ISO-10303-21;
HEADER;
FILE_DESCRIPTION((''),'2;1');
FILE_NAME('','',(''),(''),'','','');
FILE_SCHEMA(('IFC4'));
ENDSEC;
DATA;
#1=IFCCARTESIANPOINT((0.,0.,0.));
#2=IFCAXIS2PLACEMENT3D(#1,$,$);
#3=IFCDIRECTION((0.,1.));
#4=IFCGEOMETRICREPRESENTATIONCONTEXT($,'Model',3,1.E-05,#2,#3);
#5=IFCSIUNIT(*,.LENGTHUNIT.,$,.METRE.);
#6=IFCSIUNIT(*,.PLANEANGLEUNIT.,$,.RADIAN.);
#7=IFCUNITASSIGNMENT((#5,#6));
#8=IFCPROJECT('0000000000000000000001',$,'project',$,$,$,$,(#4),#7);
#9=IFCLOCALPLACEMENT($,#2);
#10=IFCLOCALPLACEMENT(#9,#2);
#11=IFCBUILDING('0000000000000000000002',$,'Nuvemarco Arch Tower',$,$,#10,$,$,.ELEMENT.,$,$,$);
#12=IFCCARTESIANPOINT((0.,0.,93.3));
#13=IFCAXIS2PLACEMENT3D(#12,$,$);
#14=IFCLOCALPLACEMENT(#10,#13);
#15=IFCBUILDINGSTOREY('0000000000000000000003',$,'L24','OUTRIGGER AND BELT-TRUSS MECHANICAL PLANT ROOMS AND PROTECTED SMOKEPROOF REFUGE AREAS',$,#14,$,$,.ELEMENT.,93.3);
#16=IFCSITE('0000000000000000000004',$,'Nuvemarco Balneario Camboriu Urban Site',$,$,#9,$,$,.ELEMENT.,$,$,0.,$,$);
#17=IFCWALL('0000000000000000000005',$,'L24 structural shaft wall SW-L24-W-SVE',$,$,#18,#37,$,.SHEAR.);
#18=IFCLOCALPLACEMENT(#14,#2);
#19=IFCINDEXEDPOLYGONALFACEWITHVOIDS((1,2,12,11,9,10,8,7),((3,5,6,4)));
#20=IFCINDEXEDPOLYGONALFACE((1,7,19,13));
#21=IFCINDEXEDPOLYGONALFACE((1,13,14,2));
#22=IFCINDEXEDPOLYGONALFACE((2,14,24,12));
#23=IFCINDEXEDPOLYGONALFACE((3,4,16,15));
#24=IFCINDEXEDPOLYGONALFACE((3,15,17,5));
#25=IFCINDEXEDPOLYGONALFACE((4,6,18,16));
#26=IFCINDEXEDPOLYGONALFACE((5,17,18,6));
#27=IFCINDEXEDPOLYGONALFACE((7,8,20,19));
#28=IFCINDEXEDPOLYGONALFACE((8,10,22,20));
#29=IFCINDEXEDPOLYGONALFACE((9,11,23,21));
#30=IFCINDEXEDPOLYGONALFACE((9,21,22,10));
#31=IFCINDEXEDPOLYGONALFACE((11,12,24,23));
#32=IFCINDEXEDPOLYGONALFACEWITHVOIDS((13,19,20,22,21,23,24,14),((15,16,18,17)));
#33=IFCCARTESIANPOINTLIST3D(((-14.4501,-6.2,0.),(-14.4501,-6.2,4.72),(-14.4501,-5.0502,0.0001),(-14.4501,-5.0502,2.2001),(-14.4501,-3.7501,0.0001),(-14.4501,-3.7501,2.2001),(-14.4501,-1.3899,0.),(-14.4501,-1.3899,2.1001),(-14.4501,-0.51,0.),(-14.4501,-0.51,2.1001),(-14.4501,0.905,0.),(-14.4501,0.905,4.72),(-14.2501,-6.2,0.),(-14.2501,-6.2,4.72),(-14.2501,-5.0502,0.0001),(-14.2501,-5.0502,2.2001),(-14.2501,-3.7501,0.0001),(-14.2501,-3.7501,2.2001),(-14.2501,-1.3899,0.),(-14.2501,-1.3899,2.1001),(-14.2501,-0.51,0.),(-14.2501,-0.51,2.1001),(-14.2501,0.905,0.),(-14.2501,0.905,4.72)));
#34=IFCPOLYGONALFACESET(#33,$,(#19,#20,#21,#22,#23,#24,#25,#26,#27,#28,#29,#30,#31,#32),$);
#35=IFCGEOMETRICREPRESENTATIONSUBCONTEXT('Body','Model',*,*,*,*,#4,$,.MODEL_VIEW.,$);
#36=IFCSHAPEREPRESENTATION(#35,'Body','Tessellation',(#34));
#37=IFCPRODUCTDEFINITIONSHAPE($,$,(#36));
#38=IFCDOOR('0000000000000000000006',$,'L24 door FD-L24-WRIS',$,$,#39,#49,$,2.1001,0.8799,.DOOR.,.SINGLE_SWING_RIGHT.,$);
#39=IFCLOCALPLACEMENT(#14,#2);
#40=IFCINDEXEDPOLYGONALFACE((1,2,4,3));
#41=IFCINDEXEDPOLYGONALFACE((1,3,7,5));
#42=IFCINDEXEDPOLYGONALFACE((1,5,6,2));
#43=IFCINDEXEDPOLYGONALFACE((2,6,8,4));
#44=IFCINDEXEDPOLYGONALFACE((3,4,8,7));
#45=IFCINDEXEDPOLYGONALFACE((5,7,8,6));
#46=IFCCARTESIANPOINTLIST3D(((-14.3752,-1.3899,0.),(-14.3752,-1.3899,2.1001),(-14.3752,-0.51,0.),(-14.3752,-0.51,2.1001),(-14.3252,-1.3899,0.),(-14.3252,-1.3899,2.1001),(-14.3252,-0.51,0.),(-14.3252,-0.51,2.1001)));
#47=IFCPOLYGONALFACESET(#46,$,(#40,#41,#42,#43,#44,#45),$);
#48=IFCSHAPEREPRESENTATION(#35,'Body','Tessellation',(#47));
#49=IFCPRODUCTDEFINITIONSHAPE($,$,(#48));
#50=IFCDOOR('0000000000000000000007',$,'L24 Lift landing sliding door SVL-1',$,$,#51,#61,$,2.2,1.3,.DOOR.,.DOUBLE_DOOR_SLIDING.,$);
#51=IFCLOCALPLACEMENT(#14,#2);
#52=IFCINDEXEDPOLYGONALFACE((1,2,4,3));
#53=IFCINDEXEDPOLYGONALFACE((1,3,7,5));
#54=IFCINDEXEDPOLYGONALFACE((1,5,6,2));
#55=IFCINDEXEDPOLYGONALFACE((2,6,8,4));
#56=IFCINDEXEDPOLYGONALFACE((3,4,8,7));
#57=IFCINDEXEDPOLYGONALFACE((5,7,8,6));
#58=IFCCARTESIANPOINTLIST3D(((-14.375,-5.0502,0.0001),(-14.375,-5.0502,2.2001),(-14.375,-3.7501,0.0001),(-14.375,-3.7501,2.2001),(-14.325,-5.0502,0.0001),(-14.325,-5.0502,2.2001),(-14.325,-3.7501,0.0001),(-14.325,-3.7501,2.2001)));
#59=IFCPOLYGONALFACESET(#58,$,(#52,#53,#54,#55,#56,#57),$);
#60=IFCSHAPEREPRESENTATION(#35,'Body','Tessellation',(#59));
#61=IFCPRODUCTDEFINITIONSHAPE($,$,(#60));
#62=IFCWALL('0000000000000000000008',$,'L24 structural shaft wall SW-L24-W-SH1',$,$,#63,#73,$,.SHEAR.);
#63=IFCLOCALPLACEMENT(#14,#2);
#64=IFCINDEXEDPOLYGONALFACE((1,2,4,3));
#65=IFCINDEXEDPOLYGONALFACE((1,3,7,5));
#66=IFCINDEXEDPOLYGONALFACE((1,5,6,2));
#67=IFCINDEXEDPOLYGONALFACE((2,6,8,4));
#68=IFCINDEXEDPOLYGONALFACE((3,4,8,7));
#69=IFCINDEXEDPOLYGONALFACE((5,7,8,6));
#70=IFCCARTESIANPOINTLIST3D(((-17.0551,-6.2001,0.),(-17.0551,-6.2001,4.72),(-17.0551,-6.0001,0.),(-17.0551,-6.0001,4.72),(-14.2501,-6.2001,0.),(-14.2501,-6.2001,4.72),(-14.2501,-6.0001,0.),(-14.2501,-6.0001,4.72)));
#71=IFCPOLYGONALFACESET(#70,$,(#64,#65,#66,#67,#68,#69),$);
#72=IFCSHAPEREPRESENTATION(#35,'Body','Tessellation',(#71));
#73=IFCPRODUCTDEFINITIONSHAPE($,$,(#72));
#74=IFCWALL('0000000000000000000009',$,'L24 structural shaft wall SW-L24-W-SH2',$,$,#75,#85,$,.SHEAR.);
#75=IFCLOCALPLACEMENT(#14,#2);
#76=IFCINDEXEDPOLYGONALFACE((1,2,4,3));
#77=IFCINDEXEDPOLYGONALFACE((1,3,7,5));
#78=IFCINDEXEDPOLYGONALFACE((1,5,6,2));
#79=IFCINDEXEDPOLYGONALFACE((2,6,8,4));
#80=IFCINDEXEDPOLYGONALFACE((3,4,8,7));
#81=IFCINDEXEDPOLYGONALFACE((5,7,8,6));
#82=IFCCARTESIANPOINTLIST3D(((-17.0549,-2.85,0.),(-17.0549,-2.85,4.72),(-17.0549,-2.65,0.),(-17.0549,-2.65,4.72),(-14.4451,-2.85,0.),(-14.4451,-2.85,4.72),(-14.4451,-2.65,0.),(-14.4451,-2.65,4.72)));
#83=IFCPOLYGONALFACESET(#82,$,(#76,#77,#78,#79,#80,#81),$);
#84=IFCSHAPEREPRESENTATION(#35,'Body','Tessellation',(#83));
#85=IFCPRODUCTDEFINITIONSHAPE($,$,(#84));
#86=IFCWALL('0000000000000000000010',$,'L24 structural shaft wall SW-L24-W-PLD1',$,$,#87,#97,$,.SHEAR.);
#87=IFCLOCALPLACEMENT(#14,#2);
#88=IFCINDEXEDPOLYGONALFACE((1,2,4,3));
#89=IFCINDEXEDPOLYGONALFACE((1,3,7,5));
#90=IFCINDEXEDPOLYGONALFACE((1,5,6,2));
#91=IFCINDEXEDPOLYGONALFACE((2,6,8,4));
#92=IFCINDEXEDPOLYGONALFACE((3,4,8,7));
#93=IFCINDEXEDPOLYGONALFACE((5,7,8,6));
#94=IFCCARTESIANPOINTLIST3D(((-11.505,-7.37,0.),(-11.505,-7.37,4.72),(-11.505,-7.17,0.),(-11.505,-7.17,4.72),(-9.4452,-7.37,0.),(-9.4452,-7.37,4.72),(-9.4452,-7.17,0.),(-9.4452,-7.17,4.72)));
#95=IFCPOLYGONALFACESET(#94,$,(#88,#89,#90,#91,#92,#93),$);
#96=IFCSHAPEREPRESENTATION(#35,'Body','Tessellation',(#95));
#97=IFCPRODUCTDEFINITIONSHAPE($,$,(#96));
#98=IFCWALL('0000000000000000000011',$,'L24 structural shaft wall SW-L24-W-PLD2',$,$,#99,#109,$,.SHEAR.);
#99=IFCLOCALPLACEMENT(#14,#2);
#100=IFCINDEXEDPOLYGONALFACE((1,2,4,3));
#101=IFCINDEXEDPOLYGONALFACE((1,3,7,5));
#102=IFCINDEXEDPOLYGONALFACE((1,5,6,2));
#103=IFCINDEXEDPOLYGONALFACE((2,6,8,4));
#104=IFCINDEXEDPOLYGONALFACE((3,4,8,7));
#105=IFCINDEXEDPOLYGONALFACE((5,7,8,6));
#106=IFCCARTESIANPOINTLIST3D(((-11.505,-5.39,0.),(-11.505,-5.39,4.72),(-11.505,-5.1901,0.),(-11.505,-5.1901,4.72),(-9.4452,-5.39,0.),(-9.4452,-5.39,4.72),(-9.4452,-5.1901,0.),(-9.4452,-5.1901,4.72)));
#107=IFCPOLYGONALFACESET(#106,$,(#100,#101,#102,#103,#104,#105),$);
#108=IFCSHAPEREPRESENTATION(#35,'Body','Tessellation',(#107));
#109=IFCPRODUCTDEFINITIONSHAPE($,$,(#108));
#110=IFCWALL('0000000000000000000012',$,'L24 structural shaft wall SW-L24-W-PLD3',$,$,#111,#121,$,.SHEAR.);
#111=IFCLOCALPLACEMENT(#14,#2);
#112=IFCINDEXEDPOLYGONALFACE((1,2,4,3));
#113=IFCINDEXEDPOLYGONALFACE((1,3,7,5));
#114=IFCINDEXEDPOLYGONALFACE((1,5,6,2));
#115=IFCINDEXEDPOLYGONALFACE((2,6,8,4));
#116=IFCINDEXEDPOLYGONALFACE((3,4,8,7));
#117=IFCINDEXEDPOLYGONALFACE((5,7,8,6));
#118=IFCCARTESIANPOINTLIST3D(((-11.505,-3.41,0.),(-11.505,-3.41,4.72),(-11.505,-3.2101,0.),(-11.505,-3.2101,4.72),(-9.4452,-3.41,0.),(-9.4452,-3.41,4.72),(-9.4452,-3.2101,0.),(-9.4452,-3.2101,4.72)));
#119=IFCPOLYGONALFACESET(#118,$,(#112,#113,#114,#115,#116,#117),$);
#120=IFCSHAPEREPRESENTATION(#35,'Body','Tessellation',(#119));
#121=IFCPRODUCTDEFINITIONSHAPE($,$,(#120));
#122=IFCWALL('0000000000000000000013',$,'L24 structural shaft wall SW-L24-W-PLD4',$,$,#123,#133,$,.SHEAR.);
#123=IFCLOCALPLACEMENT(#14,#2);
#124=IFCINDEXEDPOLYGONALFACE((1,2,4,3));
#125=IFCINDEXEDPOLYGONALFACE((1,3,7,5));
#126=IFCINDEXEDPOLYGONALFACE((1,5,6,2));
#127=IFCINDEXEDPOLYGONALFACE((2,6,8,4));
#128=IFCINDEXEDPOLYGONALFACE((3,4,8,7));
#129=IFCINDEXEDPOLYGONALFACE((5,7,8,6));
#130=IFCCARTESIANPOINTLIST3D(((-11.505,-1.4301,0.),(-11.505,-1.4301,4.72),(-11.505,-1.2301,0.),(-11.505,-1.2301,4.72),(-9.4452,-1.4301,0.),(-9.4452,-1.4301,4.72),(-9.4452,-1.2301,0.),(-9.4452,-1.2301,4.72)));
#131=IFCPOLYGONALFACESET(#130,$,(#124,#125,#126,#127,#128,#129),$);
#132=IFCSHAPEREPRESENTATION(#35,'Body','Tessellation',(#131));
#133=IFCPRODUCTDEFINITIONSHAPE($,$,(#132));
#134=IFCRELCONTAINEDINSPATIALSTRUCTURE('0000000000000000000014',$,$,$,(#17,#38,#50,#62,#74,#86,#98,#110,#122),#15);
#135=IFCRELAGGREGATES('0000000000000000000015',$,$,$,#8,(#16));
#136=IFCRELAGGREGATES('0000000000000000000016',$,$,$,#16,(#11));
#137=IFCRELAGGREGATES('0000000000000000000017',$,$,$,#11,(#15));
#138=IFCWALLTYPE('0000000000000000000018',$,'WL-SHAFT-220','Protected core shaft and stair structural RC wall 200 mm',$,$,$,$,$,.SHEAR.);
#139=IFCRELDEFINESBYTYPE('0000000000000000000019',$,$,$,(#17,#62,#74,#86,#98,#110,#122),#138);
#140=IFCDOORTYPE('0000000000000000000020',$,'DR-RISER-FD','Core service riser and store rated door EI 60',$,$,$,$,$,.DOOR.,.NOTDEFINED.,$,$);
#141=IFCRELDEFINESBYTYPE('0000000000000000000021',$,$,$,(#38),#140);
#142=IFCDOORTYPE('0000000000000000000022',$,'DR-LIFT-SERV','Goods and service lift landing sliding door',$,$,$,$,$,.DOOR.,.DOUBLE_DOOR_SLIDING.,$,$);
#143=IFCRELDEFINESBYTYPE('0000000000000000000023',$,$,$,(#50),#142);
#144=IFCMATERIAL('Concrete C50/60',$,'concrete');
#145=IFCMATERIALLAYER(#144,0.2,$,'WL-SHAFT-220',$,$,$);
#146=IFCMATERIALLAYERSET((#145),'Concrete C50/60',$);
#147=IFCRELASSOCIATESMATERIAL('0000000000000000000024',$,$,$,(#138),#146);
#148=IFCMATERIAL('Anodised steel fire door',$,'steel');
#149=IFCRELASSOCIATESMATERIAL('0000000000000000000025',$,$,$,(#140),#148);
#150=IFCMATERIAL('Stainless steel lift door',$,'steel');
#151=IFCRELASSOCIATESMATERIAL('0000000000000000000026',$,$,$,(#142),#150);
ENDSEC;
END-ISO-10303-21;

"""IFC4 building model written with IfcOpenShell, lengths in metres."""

from ifc_helpers import new_model, si_unit, direction, frame, frame_2d, origin, place, context, subcontext, project, spatial, rectangle, extrude, source, transform, mapped, material, layer, layer_set, type_object, type_shapes, element, fill, save


model = new_model("IFC4")

# Units and contexts
model_context = context("Model", 3, precision=1e-05, world=origin(), true_north=direction((0.0, 1.0)))
body_context = subcontext(model_context, "Body", "Model", "MODEL_VIEW")
ifc_project = project(units=[si_unit("LENGTHUNIT", "METRE"), si_unit("PLANEANGLEUNIT", "RADIAN")], contexts=[model_context])

# Site, building, storey
site_placement = place(None, origin())
site = spatial("IfcSite", under=ifc_project, at=site_placement, Name="Nuvemarco Balneario Camboriu Urban Site", CompositionType="ELEMENT", RefElevation=0.0)
building_placement = place(site_placement, origin())
building = spatial("IfcBuilding", under=site, at=building_placement, Name="Nuvemarco Arch Tower", CompositionType="ELEMENT")
storey_placement = place(building_placement, frame((0.0, 0.0, 93.3)))
storey = spatial("IfcBuildingStorey", under=building, at=storey_placement, Name="L24", Description="OUTRIGGER AND BELT-TRUSS MECHANICAL PLANT ROOMS AND PROTECTED SMOKEPROOF REFUGE AREAS", CompositionType="ELEMENT", Elevation=93.3)

# Shared definitions
ifc_material_1 = material(Name="Anodised steel fire door", Category="steel")

# Shared definitions
ifc_material_2 = material(Name="Concrete C50/60", Category="concrete")
ifc_layer_1 = layer(ifc_material_2, 0.2, Name="WL-SHAFT-220")
ifc_layer_set_1 = layer_set([ifc_layer_1], Name="Concrete C50/60")
wall_type_1 = type_object("IfcWallType", Name="WL-SHAFT-220", Description="Protected core shaft and stair structural RC wall 200 mm", PredefinedType="SHEAR", material=ifc_layer_set_1)
ifc_material_3 = material(Name="Stainless steel lift door", Category="steel")

# Wall, openings, doors
wall_1_placement = place(storey_placement, frame((-14.3501, -6.2, 0.0), z_axis=(0.0, 0.0, 1.0), x_axis=(0.0, 1.0, 0.0)))
wall_1 = element("IfcWall", 1, at=wall_1_placement, inside=storey, type_object=wall_type_1, Name="L24 structural shaft wall SW-L24-W-SVE", PredefinedType="SHEAR", context=body_context, shape_type="SweptSolid", body=[
    extrude(rectangle(XDim=7.105, YDim=0.2, at=frame_2d((3.5525, 0.0))), origin(), (0.0, 0.0, 1.0), 4.72),
])
opening_1_placement = place(wall_1_placement, frame((5.6899, 0.0, 0.0), z_axis=(0.0, 0.0, 1.0), x_axis=(-1.0, 0.0, 0.0)))
opening_1 = element("IfcOpeningElement", 2, at=opening_1_placement, cuts=wall_1, PredefinedType="OPENING", context=body_context, shape_type="SweptSolid", body=[
    extrude(rectangle(XDim=0.8799, YDim=2.1001, at=frame_2d((0.4399, 1.05))), frame((0.0, 0.1099, 0.0), z_axis=(0.0, -1.0, 0.0), x_axis=(1.0, 0.0, 0.0)), (0.0, 0.0, 1.0), 0.22),
])
opening_2_placement = place(wall_1_placement, frame((1.1499, 0.0, 0.0)))
opening_2 = element("IfcOpeningElement", 3, at=opening_2_placement, cuts=wall_1, PredefinedType="OPENING", context=body_context, shape_type="SweptSolid", body=[
    extrude(rectangle(XDim=1.3, YDim=2.2, at=frame_2d((0.6499, 1.1001))), frame((0.0, 0.1099, 0.0), z_axis=(0.0, -1.0, 0.0), x_axis=(1.0, 0.0, 0.0)), (0.0, 0.0, 1.0), 0.22),
])
door_type_1 = type_object("IfcDoorType", Name="DR-RISER-FD", Description="Core service riser and store rated door EI 60", OperationType="NOTDEFINED", PredefinedType="DOOR", material=ifc_material_1)
shared_shape_1 = source(origin(), body_context, "Body", "SweptSolid", [
    extrude(rectangle(XDim=0.8799, YDim=2.1001, at=frame_2d((0.4399, 1.05))), frame((0.0, 0.0249, 0.0), z_axis=(0.0, -1.0, 0.0), x_axis=(1.0, 0.0, 0.0)), (0.0, 0.0, 1.0), 0.05),
])
type_shapes(door_type_1, [shared_shape_1])
door_1_placement = place(opening_1_placement, origin())
door_1 = element("IfcDoor", 4, at=door_1_placement, inside=storey, type_object=door_type_1, Name="L24 door FD-L24-WRIS", OperationType="SINGLE_SWING_RIGHT", OverallHeight=2.1001, OverallWidth=0.8799, PredefinedType="DOOR", context=body_context, shape_type="MappedRepresentation", body=[
    mapped(shared_shape_1, transform((0.0, 0.0, 0.0), scale=1.0)),
])
fill(opening_1, door_1)
door_type_2 = type_object("IfcDoorType", Name="DR-LIFT-SERV", Description="Goods and service lift landing sliding door", OperationType="DOUBLE_DOOR_SLIDING", PredefinedType="DOOR", material=ifc_material_3)
shared_shape_2 = source(origin(), body_context, "Body", "SweptSolid", [
    extrude(rectangle(XDim=1.3, YDim=2.2, at=frame_2d((0.6499, 1.1001))), frame((0.0, 0.0249, 0.0), z_axis=(0.0, -1.0, 0.0), x_axis=(1.0, 0.0, 0.0)), (0.0, 0.0, 1.0), 0.05),
])
type_shapes(door_type_2, [shared_shape_2])
door_2_placement = place(opening_2_placement, origin())
door_2 = element("IfcDoor", 5, at=door_2_placement, inside=storey, type_object=door_type_2, Name="L24 Lift landing sliding door SVL-1", OperationType="DOUBLE_DOOR_SLIDING", OverallHeight=2.2, OverallWidth=1.3, PredefinedType="DOOR", context=body_context, shape_type="MappedRepresentation", body=[
    mapped(shared_shape_2, transform((0.0, 0.0, 0.0), scale=1.0)),
])
fill(opening_2, door_2)

# Walls
wall_2_placement = place(storey_placement, frame((-17.0549, -6.1001, 0.0), z_axis=(0.0, 0.0, 1.0), x_axis=(1.0, 0.0, 0.0)))
element("IfcWall", 6, at=wall_2_placement, inside=storey, type_object=wall_type_1, Name="L24 structural shaft wall SW-L24-W-SH1", PredefinedType="SHEAR", context=body_context, shape_type="SweptSolid", body=[
    extrude(rectangle(XDim=2.8049, YDim=0.2, at=frame_2d((1.4023, 0.0))), origin(), (0.0, 0.0, 1.0), 4.72),
])
wall_3_placement = place(storey_placement, frame((-17.0549, -2.75, 0.0), z_axis=(0.0, 0.0, 1.0), x_axis=(1.0, 0.0, 0.0)))
element("IfcWall", 7, at=wall_3_placement, inside=storey, type_object=wall_type_1, Name="L24 structural shaft wall SW-L24-W-SH2", PredefinedType="SHEAR", context=body_context, shape_type="SweptSolid", body=[
    extrude(rectangle(XDim=2.6099, YDim=0.2, at=frame_2d((1.3049, 0.0))), origin(), (0.0, 0.0, 1.0), 4.72),
])

# Walls
for number, where, z_axis, x_axis, name in (
    (8, (-11.5049, -7.27, 0.0), (0.0, 0.0, 1.0), (1.0, 0.0, 0.0), "L24 structural shaft wall SW-L24-W-PLD1"),
    (9, (-11.5049, -5.29, 0.0), (0.0, 0.0, 1.0), (1.0, 0.0, 0.0), "L24 structural shaft wall SW-L24-W-PLD2"),
    (10, (-11.5049, -3.3101, 0.0), (0.0, 0.0, 1.0), (1.0, 0.0, 0.0), "L24 structural shaft wall SW-L24-W-PLD3"),
    (11, (-11.5049, -1.3301, 0.0), (0.0, 0.0, 1.0), (1.0, 0.0, 0.0), "L24 structural shaft wall SW-L24-W-PLD4"),
):
    element("IfcWall", number, at=place(storey_placement, frame(where, z_axis=z_axis, x_axis=x_axis)), inside=storey, type_object=wall_type_1, Name=name, PredefinedType="SHEAR", context=body_context, shape_type="SweptSolid", body=[
        extrude(rectangle(XDim=2.0598, YDim=0.2, at=frame_2d((1.0298, 0.0))), origin(), (0.0, 0.0, 1.0), 4.72),
    ])

save(model, "model.ifc")
